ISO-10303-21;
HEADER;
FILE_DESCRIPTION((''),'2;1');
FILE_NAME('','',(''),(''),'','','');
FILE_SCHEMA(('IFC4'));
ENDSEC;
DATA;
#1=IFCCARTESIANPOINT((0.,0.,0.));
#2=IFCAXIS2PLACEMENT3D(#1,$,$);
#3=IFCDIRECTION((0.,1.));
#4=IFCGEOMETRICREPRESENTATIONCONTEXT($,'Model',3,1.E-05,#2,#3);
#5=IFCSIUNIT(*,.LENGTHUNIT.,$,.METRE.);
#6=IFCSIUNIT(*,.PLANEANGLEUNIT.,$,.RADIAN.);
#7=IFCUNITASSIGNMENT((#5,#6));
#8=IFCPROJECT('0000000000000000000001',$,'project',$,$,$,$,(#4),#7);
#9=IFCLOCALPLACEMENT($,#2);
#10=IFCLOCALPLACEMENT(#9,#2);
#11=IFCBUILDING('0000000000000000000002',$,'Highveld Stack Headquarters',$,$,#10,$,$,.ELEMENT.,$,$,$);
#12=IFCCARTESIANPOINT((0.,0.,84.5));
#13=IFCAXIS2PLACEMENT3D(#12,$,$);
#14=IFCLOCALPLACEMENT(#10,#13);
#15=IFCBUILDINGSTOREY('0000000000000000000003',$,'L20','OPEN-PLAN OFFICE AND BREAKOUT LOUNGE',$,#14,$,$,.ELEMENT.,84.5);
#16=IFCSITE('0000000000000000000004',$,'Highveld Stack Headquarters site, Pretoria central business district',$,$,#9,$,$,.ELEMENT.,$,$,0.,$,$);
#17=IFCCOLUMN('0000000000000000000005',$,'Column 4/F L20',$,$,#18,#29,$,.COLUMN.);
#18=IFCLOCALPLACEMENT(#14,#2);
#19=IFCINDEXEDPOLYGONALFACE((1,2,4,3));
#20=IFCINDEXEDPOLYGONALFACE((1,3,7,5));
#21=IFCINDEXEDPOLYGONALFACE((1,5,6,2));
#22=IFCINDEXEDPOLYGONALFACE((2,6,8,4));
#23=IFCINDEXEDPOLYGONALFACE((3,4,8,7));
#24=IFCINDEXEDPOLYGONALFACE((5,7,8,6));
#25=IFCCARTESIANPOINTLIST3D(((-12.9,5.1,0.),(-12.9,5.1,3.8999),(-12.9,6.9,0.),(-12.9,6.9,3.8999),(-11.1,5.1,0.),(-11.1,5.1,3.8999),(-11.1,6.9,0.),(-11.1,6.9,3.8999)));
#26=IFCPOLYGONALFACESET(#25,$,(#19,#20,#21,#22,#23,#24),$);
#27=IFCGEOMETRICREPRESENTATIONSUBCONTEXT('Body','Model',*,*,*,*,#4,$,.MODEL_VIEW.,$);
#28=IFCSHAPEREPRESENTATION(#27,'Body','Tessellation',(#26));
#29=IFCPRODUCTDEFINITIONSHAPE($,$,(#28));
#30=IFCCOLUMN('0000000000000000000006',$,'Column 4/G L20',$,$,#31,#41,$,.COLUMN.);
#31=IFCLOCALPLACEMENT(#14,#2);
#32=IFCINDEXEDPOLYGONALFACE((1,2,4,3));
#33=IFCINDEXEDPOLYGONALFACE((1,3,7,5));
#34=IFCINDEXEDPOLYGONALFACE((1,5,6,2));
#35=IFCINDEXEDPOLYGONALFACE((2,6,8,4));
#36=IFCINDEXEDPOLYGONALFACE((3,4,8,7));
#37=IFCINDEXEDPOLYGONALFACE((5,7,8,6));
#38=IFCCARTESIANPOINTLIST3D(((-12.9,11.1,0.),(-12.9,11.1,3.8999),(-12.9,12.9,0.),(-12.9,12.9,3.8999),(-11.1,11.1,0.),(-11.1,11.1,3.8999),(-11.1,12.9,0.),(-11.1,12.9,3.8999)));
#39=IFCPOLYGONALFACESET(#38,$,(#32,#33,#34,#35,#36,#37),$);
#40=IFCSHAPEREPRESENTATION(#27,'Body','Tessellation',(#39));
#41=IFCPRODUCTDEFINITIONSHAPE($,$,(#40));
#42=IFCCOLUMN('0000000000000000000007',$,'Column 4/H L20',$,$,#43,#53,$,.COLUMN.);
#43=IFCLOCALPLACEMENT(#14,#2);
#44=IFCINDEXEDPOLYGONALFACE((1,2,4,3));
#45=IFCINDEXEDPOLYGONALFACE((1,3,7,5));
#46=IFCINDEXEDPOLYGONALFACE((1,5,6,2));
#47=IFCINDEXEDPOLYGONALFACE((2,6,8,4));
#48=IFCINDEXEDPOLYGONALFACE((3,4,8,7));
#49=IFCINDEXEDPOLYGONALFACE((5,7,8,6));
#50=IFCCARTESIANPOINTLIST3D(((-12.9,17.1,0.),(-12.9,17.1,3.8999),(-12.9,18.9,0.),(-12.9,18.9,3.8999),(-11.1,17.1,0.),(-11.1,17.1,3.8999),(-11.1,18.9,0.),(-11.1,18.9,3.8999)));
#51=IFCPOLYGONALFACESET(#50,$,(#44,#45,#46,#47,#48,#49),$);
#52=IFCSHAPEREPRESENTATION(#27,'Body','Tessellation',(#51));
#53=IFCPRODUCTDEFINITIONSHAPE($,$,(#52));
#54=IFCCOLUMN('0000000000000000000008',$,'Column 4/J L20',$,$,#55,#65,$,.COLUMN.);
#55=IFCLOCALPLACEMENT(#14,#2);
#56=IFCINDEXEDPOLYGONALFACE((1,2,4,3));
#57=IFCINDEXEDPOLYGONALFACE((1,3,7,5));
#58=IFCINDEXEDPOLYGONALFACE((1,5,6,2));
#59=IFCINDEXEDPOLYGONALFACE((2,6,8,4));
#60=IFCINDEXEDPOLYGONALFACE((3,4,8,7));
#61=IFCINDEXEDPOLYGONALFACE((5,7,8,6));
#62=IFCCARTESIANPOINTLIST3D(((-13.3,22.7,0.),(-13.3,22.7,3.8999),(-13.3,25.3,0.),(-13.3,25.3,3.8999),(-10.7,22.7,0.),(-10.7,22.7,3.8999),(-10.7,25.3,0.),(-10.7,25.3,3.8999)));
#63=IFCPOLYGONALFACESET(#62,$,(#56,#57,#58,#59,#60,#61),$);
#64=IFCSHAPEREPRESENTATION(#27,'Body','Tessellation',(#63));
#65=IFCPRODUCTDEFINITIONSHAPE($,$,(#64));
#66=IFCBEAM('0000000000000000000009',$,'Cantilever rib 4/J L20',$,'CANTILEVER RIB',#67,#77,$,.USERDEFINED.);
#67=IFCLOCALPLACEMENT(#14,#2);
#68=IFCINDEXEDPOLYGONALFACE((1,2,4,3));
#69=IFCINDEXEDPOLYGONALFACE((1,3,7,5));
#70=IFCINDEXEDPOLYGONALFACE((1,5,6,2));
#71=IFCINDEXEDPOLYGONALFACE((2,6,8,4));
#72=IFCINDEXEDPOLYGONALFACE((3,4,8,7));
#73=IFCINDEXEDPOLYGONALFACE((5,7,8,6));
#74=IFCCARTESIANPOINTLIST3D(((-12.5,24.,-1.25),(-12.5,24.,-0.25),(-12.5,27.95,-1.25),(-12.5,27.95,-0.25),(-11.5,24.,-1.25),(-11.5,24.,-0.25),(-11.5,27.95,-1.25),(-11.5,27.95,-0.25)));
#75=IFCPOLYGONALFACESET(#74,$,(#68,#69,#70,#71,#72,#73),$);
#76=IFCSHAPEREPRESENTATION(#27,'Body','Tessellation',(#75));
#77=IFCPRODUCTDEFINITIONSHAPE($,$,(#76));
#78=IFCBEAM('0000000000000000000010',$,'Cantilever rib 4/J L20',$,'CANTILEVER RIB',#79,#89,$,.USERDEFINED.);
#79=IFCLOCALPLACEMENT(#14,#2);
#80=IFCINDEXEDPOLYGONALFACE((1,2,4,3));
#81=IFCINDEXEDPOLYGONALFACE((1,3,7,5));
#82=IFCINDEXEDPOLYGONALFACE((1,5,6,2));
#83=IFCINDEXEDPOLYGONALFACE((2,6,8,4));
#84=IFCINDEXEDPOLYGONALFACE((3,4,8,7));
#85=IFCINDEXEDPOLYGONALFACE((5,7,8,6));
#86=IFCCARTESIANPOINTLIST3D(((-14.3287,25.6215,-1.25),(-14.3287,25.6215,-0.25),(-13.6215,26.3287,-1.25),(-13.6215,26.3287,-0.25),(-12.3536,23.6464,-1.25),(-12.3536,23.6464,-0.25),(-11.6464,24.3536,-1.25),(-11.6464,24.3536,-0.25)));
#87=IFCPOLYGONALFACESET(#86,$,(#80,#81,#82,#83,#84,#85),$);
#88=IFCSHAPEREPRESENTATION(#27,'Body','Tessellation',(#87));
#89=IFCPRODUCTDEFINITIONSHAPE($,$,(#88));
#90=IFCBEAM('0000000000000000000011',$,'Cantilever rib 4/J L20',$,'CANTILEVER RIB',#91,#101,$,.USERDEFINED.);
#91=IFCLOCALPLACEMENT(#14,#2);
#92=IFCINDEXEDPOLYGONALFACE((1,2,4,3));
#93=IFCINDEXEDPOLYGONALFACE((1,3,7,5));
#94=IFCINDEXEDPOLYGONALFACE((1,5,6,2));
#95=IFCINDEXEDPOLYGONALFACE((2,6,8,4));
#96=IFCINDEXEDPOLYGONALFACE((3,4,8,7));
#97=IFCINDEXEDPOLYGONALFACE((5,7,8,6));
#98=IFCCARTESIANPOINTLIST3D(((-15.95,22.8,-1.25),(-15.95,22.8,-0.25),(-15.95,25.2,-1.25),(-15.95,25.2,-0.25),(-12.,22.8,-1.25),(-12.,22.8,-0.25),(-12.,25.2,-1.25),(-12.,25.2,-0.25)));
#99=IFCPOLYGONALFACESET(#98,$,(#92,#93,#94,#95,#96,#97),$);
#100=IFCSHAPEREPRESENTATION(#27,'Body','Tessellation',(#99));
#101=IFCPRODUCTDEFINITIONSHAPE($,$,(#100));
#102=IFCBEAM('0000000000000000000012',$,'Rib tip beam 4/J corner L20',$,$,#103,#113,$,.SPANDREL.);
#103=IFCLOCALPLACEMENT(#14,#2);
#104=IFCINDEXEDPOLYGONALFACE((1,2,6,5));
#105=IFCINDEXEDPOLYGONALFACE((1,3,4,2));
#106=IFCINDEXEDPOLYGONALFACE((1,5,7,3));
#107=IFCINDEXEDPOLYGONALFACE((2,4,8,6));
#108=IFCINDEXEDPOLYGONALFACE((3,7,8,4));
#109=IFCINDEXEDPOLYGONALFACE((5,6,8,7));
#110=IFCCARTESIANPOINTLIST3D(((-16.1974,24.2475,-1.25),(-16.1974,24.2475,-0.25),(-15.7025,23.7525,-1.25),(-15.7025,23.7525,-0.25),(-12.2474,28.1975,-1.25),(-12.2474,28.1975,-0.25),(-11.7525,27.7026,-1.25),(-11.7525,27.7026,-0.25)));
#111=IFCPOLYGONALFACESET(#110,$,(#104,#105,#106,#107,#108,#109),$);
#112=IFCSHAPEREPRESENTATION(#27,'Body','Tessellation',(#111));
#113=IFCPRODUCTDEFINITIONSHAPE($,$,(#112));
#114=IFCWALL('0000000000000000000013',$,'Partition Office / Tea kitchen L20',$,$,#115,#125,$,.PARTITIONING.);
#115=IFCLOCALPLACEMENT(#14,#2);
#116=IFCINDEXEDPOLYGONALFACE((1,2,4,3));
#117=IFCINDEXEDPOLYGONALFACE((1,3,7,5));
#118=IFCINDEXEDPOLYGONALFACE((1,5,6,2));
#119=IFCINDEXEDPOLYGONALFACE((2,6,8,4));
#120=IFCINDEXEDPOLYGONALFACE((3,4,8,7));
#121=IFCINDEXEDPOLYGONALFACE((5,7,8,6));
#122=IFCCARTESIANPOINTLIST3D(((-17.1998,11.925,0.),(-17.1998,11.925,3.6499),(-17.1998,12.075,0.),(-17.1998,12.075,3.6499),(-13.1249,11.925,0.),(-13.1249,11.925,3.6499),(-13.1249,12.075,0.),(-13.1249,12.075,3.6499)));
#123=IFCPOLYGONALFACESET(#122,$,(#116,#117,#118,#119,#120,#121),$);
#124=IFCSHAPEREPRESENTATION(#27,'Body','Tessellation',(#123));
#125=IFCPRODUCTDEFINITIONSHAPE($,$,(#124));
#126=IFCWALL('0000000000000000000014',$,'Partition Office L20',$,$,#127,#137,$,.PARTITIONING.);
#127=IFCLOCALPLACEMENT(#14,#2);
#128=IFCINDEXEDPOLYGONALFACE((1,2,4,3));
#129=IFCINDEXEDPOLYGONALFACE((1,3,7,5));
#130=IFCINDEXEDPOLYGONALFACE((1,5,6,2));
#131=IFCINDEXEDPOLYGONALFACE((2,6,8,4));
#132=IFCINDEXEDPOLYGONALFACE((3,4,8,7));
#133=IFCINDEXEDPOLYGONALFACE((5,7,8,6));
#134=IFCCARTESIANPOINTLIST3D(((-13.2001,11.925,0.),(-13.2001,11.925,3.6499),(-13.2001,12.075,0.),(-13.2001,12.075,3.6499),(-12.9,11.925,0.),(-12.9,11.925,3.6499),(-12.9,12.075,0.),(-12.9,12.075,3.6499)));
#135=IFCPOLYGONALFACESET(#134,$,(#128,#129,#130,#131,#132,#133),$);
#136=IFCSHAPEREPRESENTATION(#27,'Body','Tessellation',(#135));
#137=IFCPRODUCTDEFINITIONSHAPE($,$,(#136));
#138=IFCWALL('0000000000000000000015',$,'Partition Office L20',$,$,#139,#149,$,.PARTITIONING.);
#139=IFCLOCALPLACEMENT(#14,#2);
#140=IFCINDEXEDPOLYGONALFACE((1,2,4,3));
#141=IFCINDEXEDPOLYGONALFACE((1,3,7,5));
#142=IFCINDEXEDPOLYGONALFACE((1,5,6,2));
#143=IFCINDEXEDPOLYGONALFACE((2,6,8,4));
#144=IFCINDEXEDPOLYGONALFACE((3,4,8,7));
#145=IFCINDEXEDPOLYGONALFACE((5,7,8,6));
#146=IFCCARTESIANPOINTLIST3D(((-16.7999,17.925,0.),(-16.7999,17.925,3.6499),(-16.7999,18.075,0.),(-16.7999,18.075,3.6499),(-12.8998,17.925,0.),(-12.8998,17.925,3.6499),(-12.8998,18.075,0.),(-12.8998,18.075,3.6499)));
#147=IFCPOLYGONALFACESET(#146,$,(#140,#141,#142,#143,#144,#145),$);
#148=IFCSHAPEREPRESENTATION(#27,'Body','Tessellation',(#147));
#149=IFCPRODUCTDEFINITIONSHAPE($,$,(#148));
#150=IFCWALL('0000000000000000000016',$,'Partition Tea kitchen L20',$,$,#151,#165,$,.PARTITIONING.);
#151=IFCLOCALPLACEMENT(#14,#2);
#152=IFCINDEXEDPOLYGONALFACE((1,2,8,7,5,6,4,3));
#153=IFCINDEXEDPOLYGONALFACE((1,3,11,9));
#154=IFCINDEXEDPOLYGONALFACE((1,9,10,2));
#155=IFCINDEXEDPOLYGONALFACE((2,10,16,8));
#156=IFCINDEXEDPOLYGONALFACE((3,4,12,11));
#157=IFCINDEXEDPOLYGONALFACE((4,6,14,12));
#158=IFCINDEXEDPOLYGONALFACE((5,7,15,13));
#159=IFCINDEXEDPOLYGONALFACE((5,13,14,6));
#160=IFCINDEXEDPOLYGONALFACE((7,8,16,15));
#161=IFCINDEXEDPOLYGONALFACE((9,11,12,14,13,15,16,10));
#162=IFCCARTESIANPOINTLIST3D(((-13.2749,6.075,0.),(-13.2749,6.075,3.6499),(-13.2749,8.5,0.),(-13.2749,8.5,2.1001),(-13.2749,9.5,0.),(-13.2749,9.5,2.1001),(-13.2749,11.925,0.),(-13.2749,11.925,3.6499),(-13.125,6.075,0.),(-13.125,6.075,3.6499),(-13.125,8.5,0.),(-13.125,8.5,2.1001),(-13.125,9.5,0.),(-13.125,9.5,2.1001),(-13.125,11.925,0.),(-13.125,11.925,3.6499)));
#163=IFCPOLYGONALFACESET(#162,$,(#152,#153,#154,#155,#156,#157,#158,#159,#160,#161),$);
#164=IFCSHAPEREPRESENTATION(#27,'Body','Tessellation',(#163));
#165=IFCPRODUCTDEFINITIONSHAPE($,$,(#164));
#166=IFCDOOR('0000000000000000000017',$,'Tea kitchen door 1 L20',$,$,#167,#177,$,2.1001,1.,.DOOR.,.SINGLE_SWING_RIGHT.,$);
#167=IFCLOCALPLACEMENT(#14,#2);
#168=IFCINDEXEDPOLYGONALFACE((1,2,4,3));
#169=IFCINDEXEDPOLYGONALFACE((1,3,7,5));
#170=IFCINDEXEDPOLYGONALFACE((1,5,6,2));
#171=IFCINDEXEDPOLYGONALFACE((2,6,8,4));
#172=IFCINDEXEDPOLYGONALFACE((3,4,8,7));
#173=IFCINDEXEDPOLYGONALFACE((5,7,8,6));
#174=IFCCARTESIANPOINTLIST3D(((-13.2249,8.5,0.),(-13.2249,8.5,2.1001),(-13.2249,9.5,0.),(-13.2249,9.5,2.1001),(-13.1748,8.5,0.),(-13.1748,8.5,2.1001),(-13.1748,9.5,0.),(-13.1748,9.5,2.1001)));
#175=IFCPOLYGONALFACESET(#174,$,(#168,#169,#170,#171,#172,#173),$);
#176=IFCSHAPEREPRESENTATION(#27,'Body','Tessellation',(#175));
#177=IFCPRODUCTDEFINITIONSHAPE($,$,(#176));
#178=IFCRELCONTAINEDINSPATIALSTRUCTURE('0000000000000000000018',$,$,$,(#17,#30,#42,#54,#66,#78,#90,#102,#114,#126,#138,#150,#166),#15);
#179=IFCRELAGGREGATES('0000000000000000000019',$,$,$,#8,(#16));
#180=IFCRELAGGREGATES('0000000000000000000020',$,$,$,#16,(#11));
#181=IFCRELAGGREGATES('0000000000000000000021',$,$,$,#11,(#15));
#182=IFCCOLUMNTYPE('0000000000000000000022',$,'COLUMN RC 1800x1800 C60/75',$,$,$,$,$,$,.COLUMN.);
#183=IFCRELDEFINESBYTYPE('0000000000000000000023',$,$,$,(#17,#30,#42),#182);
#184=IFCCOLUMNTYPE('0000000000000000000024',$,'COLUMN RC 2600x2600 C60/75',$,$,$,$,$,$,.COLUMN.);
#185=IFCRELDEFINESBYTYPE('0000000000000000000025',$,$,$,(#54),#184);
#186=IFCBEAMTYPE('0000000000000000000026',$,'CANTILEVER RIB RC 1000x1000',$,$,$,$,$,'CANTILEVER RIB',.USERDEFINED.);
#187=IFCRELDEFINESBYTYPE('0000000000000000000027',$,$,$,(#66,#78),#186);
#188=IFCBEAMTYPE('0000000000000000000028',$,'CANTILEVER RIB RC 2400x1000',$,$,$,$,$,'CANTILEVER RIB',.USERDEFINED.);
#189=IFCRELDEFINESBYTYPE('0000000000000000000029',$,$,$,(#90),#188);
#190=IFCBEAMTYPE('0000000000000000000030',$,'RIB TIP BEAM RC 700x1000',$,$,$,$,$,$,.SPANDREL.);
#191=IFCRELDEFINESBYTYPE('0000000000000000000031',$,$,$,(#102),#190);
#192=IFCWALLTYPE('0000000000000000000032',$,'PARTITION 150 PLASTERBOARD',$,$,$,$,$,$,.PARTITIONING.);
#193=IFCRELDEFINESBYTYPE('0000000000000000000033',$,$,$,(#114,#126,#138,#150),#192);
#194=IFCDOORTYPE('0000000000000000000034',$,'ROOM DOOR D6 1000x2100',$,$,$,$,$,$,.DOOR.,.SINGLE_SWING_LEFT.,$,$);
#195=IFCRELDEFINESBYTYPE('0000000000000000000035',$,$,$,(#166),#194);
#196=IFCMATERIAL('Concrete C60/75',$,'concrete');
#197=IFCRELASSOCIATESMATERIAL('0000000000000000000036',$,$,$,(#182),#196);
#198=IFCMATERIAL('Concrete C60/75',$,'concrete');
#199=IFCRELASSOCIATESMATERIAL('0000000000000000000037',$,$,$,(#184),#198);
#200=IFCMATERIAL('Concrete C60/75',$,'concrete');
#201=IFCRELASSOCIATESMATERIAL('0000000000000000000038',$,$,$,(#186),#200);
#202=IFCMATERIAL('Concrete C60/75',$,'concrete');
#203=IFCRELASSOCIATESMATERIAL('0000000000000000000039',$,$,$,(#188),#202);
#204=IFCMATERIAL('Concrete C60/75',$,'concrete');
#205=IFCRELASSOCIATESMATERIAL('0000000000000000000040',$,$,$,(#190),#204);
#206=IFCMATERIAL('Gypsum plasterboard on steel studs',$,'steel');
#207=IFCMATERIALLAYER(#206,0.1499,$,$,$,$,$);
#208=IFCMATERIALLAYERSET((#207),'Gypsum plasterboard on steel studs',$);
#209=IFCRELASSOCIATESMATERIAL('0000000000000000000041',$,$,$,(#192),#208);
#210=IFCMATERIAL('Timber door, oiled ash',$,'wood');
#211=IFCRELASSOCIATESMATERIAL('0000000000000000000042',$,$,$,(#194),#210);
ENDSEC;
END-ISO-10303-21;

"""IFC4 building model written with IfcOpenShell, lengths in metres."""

from ifc_helpers import new_model, si_unit, direction, frame, frame_2d, origin, origin_2d, place, context, subcontext, project, spatial, rectangle, extrude, material, layer, layer_set, material_profile, profile_set, type_object, element, fill, save


model = new_model("IFC4")

# Units and contexts
model_context = context("Model", 3, precision=1e-05, world=origin(), true_north=direction((0.0, 1.0)))
body_context = subcontext(model_context, "Body", "Model", "MODEL_VIEW")
ifc_project = project(units=[si_unit("LENGTHUNIT", "METRE"), si_unit("PLANEANGLEUNIT", "RADIAN")], contexts=[model_context])

# Site, building, storey
site_placement = place(None, origin())
site = spatial("IfcSite", under=ifc_project, at=site_placement, Name="Highveld Stack Headquarters site, Pretoria central business district", CompositionType="ELEMENT", RefElevation=0.0)
building_placement = place(site_placement, origin())
building = spatial("IfcBuilding", under=site, at=building_placement, Name="Highveld Stack Headquarters", CompositionType="ELEMENT")
storey_placement = place(building_placement, frame((0.0, 0.0, 84.5)))
storey = spatial("IfcBuildingStorey", under=building, at=storey_placement, Name="L20", Description="OPEN-PLAN OFFICE AND BREAKOUT LOUNGE", CompositionType="ELEMENT", Elevation=84.5)

# Columns
ifc_material_1 = material(Name="Concrete C60/75", Category="concrete")
ifc_material_profile_1 = material_profile(ifc_material_1, rectangle(XDim=1.8, YDim=1.8, at=origin_2d()), Name="RC 1800x1800")
ifc_profile_set_1 = profile_set([ifc_material_profile_1], Name="Concrete C60/75")
column_type_1 = type_object("IfcColumnType", Name="COLUMN RC 1800x1800 C60/75", PredefinedType="COLUMN", material=ifc_profile_set_1)
for number, where, z_axis, x_axis, name in (
    (1, (-12.0, 6.0, 0.0), (0.0, 0.0, 1.0), (1.0, 0.0, 0.0), "Column 4/F L20"),
    (2, (-12.0, 12.0, 0.0), (0.0, 0.0, 1.0), (1.0, 0.0, 0.0), "Column 4/G L20"),
    (3, (-12.0, 18.0, 0.0), (0.0, 0.0, 1.0), (1.0, 0.0, 0.0), "Column 4/H L20"),
):
    element("IfcColumn", number, at=place(storey_placement, frame(where, z_axis=z_axis, x_axis=x_axis)), inside=storey, type_object=column_type_1, Name=name, PredefinedType="COLUMN", context=body_context, shape_type="SweptSolid", body=[
        extrude(rectangle(XDim=1.8, YDim=1.8, at=origin_2d()), origin(), (0.0, 0.0, 1.0), 3.8999),
    ])
ifc_material_2 = material(Name="Concrete C60/75", Category="concrete")
ifc_material_profile_2 = material_profile(ifc_material_2, rectangle(XDim=2.6001, YDim=2.6001, at=origin_2d()), Name="RC 2600x2600")
ifc_profile_set_2 = profile_set([ifc_material_profile_2], Name="Concrete C60/75")
column_type_2 = type_object("IfcColumnType", Name="COLUMN RC 2600x2600 C60/75", PredefinedType="COLUMN", material=ifc_profile_set_2)
column_placement = place(storey_placement, frame((-12.0, 24.0, 0.0), z_axis=(0.0, 0.0, 1.0), x_axis=(1.0, 0.0, 0.0)))
element("IfcColumn", 4, at=column_placement, inside=storey, type_object=column_type_2, Name="Column 4/J L20", PredefinedType="COLUMN", context=body_context, shape_type="SweptSolid", body=[
    extrude(rectangle(XDim=2.6001, YDim=2.6001, at=origin_2d()), origin(), (0.0, 0.0, 1.0), 3.8999),
])

# Beams
ifc_material_3 = material(Name="Concrete C60/75", Category="concrete")
ifc_material_profile_3 = material_profile(ifc_material_3, rectangle(XDim=1.0, YDim=1.0, at=origin_2d()), Name="RC 1000x1000")
ifc_profile_set_3 = profile_set([ifc_material_profile_3], Name="Concrete C60/75")
beam_type_1 = type_object("IfcBeamType", Name="CANTILEVER RIB RC 1000x1000", ElementType="CANTILEVER RIB", PredefinedType="USERDEFINED", material=ifc_profile_set_3)
beam_1_placement = place(storey_placement, frame((-12.0, 24.0, -0.75), z_axis=(0.0, 1.0, 0.0), x_axis=(-1.0, 0.0, 0.0)))
element("IfcBeam", 5, at=beam_1_placement, inside=storey, type_object=beam_type_1, Name="Cantilever rib 4/J L20", ObjectType="CANTILEVER RIB", PredefinedType="USERDEFINED", context=body_context, shape_type="SweptSolid", body=[
    extrude(rectangle(XDim=1.0, YDim=1.0, at=origin_2d()), origin(), (0.0, 0.0, 1.0), 3.95),
])
beam_2_placement = place(storey_placement, frame((-12.0, 24.0, -0.75), z_axis=(-0.707107, 0.707107, 0.0), x_axis=(-0.707107, -0.707107, 0.0)))
element("IfcBeam", 6, at=beam_2_placement, inside=storey, type_object=beam_type_1, Name="Cantilever rib 4/J L20", ObjectType="CANTILEVER RIB", PredefinedType="USERDEFINED", context=body_context, shape_type="SweptSolid", body=[
    extrude(rectangle(XDim=1.0, YDim=1.0, at=origin_2d()), origin(), (0.0, 0.0, 1.0), 2.7932),
])
ifc_material_4 = material(Name="Concrete C60/75", Category="concrete")
ifc_material_profile_4 = material_profile(ifc_material_4, rectangle(XDim=2.3999, YDim=1.0, at=origin_2d()), Name="RC 2400x1000")
ifc_profile_set_4 = profile_set([ifc_material_profile_4], Name="Concrete C60/75")
beam_type_2 = type_object("IfcBeamType", Name="CANTILEVER RIB RC 2400x1000", ElementType="CANTILEVER RIB", PredefinedType="USERDEFINED", material=ifc_profile_set_4)
beam_3_placement = place(storey_placement, frame((-12.0, 24.0, -0.75), z_axis=(-1.0, 0.0, 0.0), x_axis=(0.0, -1.0, 0.0)))
element("IfcBeam", 7, at=beam_3_placement, inside=storey, type_object=beam_type_2, Name="Cantilever rib 4/J L20", ObjectType="CANTILEVER RIB", PredefinedType="USERDEFINED", context=body_context, shape_type="SweptSolid", body=[
    extrude(rectangle(XDim=2.3999, YDim=1.0, at=origin_2d()), origin(), (0.0, 0.0, 1.0), 3.95),
])
ifc_material_5 = material(Name="Concrete C60/75", Category="concrete")
ifc_material_profile_5 = material_profile(ifc_material_5, rectangle(XDim=0.7, YDim=1.0, at=origin_2d()), Name="RC 700x1000")
ifc_profile_set_5 = profile_set([ifc_material_profile_5], Name="Concrete C60/75")
beam_type_3 = type_object("IfcBeamType", Name="RIB TIP BEAM RC 700x1000", PredefinedType="SPANDREL", material=ifc_profile_set_5)
beam_4_placement = place(storey_placement, frame((-15.95, 24.0, -0.75), z_axis=(0.707107, 0.707107, 0.0), x_axis=(-0.707107, 0.707107, 0.0)))
element("IfcBeam", 8, at=beam_4_placement, inside=storey, type_object=beam_type_3, Name="Rib tip beam 4/J corner L20", PredefinedType="SPANDREL", context=body_context, shape_type="SweptSolid", body=[
    extrude(rectangle(XDim=0.7, YDim=1.0, at=origin_2d()), origin(), (0.0, 0.0, 1.0), 5.5862),
])

# Walls
ifc_material_6 = material(Name="Gypsum plasterboard on steel studs", Category="steel")
ifc_layer = layer(ifc_material_6, 0.1499)
ifc_layer_set = layer_set([ifc_layer], Name="Gypsum plasterboard on steel studs")
wall_type = type_object("IfcWallType", Name="PARTITION 150 PLASTERBOARD", PredefinedType="PARTITIONING", material=ifc_layer_set)
wall_1_placement = place(storey_placement, frame((-17.2, 12.0, 0.0), z_axis=(0.0, 0.0, 1.0), x_axis=(1.0, 0.0, 0.0)))
element("IfcWall", 9, at=wall_1_placement, inside=storey, type_object=wall_type, Name="Partition Office / Tea kitchen L20", PredefinedType="PARTITIONING", context=body_context, shape_type="SweptSolid", body=[
    extrude(rectangle(XDim=4.075, YDim=0.1499, at=frame_2d((2.0376, 0.0))), origin(), (0.0, 0.0, 1.0), 3.6499),
])
wall_2_placement = place(storey_placement, frame((-13.2, 12.0, 0.0), z_axis=(0.0, 0.0, 1.0), x_axis=(1.0, 0.0, 0.0)))
element("IfcWall", 10, at=wall_2_placement, inside=storey, type_object=wall_type, Name="Partition Office L20", PredefinedType="PARTITIONING", context=body_context, shape_type="SweptSolid", body=[
    extrude(rectangle(XDim=0.3, YDim=0.1499, at=frame_2d((0.1499, 0.0))), origin(), (0.0, 0.0, 1.0), 3.6499),
])
wall_3_placement = place(storey_placement, frame((-16.8, 18.0, 0.0), z_axis=(0.0, 0.0, 1.0), x_axis=(1.0, 0.0, 0.0)))
element("IfcWall", 11, at=wall_3_placement, inside=storey, type_object=wall_type, Name="Partition Office L20", PredefinedType="PARTITIONING", context=body_context, shape_type="SweptSolid", body=[
    extrude(rectangle(XDim=3.9001, YDim=0.1499, at=frame_2d((1.9502, 0.0))), origin(), (0.0, 0.0, 1.0), 3.6499),
])

# Wall, opening, door
wall_4_placement = place(storey_placement, frame((-13.2, 6.075, 0.0), z_axis=(0.0, 0.0, 1.0), x_axis=(0.0, 1.0, 0.0)))
wall_4 = element("IfcWall", 12, at=wall_4_placement, inside=storey, type_object=wall_type, Name="Partition Tea kitchen L20", PredefinedType="PARTITIONING", context=body_context, shape_type="SweptSolid", body=[
    extrude(rectangle(XDim=5.8501, YDim=0.1499, at=frame_2d((2.925, 0.0))), origin(), (0.0, 0.0, 1.0), 3.6499),
])
opening_1_placement = place(wall_4_placement, frame((2.425, 0.0, 0.0)))
opening_1 = element("IfcOpeningElement", 13, at=opening_1_placement, cuts=wall_4, PredefinedType="OPENING", context=body_context, shape_type="SweptSolid", body=[
    extrude(rectangle(XDim=1.0, YDim=2.1001, at=frame_2d((0.5, 1.05))), frame((0.0, 0.085, 0.0), z_axis=(0.0, -1.0, 0.0), x_axis=(1.0, 0.0, 0.0)), (0.0, 0.0, 1.0), 0.1699),
])
ifc_material_7 = material(Name="Timber door, oiled ash", Category="wood")
door_type = type_object("IfcDoorType", Name="ROOM DOOR D6 1000x2100", OperationType="SINGLE_SWING_LEFT", PredefinedType="DOOR", material=ifc_material_7)
door_1_placement = place(opening_1_placement, origin())
door_1 = element("IfcDoor", 14, at=door_1_placement, inside=storey, type_object=door_type, Name="Tea kitchen door 1 L20", OperationType="SINGLE_SWING_RIGHT", OverallHeight=2.1001, OverallWidth=1.0, PredefinedType="DOOR", context=body_context, shape_type="SweptSolid", body=[
    extrude(rectangle(XDim=1.0, YDim=2.1001, at=frame_2d((0.5, 1.05))), frame((0.0, 0.0249, 0.0), z_axis=(0.0, -1.0, 0.0), x_axis=(1.0, 0.0, 0.0)), (0.0, 0.0, 1.0), 0.05),
])
fill(opening_1, door_1)

save(model, "model.ifc")
